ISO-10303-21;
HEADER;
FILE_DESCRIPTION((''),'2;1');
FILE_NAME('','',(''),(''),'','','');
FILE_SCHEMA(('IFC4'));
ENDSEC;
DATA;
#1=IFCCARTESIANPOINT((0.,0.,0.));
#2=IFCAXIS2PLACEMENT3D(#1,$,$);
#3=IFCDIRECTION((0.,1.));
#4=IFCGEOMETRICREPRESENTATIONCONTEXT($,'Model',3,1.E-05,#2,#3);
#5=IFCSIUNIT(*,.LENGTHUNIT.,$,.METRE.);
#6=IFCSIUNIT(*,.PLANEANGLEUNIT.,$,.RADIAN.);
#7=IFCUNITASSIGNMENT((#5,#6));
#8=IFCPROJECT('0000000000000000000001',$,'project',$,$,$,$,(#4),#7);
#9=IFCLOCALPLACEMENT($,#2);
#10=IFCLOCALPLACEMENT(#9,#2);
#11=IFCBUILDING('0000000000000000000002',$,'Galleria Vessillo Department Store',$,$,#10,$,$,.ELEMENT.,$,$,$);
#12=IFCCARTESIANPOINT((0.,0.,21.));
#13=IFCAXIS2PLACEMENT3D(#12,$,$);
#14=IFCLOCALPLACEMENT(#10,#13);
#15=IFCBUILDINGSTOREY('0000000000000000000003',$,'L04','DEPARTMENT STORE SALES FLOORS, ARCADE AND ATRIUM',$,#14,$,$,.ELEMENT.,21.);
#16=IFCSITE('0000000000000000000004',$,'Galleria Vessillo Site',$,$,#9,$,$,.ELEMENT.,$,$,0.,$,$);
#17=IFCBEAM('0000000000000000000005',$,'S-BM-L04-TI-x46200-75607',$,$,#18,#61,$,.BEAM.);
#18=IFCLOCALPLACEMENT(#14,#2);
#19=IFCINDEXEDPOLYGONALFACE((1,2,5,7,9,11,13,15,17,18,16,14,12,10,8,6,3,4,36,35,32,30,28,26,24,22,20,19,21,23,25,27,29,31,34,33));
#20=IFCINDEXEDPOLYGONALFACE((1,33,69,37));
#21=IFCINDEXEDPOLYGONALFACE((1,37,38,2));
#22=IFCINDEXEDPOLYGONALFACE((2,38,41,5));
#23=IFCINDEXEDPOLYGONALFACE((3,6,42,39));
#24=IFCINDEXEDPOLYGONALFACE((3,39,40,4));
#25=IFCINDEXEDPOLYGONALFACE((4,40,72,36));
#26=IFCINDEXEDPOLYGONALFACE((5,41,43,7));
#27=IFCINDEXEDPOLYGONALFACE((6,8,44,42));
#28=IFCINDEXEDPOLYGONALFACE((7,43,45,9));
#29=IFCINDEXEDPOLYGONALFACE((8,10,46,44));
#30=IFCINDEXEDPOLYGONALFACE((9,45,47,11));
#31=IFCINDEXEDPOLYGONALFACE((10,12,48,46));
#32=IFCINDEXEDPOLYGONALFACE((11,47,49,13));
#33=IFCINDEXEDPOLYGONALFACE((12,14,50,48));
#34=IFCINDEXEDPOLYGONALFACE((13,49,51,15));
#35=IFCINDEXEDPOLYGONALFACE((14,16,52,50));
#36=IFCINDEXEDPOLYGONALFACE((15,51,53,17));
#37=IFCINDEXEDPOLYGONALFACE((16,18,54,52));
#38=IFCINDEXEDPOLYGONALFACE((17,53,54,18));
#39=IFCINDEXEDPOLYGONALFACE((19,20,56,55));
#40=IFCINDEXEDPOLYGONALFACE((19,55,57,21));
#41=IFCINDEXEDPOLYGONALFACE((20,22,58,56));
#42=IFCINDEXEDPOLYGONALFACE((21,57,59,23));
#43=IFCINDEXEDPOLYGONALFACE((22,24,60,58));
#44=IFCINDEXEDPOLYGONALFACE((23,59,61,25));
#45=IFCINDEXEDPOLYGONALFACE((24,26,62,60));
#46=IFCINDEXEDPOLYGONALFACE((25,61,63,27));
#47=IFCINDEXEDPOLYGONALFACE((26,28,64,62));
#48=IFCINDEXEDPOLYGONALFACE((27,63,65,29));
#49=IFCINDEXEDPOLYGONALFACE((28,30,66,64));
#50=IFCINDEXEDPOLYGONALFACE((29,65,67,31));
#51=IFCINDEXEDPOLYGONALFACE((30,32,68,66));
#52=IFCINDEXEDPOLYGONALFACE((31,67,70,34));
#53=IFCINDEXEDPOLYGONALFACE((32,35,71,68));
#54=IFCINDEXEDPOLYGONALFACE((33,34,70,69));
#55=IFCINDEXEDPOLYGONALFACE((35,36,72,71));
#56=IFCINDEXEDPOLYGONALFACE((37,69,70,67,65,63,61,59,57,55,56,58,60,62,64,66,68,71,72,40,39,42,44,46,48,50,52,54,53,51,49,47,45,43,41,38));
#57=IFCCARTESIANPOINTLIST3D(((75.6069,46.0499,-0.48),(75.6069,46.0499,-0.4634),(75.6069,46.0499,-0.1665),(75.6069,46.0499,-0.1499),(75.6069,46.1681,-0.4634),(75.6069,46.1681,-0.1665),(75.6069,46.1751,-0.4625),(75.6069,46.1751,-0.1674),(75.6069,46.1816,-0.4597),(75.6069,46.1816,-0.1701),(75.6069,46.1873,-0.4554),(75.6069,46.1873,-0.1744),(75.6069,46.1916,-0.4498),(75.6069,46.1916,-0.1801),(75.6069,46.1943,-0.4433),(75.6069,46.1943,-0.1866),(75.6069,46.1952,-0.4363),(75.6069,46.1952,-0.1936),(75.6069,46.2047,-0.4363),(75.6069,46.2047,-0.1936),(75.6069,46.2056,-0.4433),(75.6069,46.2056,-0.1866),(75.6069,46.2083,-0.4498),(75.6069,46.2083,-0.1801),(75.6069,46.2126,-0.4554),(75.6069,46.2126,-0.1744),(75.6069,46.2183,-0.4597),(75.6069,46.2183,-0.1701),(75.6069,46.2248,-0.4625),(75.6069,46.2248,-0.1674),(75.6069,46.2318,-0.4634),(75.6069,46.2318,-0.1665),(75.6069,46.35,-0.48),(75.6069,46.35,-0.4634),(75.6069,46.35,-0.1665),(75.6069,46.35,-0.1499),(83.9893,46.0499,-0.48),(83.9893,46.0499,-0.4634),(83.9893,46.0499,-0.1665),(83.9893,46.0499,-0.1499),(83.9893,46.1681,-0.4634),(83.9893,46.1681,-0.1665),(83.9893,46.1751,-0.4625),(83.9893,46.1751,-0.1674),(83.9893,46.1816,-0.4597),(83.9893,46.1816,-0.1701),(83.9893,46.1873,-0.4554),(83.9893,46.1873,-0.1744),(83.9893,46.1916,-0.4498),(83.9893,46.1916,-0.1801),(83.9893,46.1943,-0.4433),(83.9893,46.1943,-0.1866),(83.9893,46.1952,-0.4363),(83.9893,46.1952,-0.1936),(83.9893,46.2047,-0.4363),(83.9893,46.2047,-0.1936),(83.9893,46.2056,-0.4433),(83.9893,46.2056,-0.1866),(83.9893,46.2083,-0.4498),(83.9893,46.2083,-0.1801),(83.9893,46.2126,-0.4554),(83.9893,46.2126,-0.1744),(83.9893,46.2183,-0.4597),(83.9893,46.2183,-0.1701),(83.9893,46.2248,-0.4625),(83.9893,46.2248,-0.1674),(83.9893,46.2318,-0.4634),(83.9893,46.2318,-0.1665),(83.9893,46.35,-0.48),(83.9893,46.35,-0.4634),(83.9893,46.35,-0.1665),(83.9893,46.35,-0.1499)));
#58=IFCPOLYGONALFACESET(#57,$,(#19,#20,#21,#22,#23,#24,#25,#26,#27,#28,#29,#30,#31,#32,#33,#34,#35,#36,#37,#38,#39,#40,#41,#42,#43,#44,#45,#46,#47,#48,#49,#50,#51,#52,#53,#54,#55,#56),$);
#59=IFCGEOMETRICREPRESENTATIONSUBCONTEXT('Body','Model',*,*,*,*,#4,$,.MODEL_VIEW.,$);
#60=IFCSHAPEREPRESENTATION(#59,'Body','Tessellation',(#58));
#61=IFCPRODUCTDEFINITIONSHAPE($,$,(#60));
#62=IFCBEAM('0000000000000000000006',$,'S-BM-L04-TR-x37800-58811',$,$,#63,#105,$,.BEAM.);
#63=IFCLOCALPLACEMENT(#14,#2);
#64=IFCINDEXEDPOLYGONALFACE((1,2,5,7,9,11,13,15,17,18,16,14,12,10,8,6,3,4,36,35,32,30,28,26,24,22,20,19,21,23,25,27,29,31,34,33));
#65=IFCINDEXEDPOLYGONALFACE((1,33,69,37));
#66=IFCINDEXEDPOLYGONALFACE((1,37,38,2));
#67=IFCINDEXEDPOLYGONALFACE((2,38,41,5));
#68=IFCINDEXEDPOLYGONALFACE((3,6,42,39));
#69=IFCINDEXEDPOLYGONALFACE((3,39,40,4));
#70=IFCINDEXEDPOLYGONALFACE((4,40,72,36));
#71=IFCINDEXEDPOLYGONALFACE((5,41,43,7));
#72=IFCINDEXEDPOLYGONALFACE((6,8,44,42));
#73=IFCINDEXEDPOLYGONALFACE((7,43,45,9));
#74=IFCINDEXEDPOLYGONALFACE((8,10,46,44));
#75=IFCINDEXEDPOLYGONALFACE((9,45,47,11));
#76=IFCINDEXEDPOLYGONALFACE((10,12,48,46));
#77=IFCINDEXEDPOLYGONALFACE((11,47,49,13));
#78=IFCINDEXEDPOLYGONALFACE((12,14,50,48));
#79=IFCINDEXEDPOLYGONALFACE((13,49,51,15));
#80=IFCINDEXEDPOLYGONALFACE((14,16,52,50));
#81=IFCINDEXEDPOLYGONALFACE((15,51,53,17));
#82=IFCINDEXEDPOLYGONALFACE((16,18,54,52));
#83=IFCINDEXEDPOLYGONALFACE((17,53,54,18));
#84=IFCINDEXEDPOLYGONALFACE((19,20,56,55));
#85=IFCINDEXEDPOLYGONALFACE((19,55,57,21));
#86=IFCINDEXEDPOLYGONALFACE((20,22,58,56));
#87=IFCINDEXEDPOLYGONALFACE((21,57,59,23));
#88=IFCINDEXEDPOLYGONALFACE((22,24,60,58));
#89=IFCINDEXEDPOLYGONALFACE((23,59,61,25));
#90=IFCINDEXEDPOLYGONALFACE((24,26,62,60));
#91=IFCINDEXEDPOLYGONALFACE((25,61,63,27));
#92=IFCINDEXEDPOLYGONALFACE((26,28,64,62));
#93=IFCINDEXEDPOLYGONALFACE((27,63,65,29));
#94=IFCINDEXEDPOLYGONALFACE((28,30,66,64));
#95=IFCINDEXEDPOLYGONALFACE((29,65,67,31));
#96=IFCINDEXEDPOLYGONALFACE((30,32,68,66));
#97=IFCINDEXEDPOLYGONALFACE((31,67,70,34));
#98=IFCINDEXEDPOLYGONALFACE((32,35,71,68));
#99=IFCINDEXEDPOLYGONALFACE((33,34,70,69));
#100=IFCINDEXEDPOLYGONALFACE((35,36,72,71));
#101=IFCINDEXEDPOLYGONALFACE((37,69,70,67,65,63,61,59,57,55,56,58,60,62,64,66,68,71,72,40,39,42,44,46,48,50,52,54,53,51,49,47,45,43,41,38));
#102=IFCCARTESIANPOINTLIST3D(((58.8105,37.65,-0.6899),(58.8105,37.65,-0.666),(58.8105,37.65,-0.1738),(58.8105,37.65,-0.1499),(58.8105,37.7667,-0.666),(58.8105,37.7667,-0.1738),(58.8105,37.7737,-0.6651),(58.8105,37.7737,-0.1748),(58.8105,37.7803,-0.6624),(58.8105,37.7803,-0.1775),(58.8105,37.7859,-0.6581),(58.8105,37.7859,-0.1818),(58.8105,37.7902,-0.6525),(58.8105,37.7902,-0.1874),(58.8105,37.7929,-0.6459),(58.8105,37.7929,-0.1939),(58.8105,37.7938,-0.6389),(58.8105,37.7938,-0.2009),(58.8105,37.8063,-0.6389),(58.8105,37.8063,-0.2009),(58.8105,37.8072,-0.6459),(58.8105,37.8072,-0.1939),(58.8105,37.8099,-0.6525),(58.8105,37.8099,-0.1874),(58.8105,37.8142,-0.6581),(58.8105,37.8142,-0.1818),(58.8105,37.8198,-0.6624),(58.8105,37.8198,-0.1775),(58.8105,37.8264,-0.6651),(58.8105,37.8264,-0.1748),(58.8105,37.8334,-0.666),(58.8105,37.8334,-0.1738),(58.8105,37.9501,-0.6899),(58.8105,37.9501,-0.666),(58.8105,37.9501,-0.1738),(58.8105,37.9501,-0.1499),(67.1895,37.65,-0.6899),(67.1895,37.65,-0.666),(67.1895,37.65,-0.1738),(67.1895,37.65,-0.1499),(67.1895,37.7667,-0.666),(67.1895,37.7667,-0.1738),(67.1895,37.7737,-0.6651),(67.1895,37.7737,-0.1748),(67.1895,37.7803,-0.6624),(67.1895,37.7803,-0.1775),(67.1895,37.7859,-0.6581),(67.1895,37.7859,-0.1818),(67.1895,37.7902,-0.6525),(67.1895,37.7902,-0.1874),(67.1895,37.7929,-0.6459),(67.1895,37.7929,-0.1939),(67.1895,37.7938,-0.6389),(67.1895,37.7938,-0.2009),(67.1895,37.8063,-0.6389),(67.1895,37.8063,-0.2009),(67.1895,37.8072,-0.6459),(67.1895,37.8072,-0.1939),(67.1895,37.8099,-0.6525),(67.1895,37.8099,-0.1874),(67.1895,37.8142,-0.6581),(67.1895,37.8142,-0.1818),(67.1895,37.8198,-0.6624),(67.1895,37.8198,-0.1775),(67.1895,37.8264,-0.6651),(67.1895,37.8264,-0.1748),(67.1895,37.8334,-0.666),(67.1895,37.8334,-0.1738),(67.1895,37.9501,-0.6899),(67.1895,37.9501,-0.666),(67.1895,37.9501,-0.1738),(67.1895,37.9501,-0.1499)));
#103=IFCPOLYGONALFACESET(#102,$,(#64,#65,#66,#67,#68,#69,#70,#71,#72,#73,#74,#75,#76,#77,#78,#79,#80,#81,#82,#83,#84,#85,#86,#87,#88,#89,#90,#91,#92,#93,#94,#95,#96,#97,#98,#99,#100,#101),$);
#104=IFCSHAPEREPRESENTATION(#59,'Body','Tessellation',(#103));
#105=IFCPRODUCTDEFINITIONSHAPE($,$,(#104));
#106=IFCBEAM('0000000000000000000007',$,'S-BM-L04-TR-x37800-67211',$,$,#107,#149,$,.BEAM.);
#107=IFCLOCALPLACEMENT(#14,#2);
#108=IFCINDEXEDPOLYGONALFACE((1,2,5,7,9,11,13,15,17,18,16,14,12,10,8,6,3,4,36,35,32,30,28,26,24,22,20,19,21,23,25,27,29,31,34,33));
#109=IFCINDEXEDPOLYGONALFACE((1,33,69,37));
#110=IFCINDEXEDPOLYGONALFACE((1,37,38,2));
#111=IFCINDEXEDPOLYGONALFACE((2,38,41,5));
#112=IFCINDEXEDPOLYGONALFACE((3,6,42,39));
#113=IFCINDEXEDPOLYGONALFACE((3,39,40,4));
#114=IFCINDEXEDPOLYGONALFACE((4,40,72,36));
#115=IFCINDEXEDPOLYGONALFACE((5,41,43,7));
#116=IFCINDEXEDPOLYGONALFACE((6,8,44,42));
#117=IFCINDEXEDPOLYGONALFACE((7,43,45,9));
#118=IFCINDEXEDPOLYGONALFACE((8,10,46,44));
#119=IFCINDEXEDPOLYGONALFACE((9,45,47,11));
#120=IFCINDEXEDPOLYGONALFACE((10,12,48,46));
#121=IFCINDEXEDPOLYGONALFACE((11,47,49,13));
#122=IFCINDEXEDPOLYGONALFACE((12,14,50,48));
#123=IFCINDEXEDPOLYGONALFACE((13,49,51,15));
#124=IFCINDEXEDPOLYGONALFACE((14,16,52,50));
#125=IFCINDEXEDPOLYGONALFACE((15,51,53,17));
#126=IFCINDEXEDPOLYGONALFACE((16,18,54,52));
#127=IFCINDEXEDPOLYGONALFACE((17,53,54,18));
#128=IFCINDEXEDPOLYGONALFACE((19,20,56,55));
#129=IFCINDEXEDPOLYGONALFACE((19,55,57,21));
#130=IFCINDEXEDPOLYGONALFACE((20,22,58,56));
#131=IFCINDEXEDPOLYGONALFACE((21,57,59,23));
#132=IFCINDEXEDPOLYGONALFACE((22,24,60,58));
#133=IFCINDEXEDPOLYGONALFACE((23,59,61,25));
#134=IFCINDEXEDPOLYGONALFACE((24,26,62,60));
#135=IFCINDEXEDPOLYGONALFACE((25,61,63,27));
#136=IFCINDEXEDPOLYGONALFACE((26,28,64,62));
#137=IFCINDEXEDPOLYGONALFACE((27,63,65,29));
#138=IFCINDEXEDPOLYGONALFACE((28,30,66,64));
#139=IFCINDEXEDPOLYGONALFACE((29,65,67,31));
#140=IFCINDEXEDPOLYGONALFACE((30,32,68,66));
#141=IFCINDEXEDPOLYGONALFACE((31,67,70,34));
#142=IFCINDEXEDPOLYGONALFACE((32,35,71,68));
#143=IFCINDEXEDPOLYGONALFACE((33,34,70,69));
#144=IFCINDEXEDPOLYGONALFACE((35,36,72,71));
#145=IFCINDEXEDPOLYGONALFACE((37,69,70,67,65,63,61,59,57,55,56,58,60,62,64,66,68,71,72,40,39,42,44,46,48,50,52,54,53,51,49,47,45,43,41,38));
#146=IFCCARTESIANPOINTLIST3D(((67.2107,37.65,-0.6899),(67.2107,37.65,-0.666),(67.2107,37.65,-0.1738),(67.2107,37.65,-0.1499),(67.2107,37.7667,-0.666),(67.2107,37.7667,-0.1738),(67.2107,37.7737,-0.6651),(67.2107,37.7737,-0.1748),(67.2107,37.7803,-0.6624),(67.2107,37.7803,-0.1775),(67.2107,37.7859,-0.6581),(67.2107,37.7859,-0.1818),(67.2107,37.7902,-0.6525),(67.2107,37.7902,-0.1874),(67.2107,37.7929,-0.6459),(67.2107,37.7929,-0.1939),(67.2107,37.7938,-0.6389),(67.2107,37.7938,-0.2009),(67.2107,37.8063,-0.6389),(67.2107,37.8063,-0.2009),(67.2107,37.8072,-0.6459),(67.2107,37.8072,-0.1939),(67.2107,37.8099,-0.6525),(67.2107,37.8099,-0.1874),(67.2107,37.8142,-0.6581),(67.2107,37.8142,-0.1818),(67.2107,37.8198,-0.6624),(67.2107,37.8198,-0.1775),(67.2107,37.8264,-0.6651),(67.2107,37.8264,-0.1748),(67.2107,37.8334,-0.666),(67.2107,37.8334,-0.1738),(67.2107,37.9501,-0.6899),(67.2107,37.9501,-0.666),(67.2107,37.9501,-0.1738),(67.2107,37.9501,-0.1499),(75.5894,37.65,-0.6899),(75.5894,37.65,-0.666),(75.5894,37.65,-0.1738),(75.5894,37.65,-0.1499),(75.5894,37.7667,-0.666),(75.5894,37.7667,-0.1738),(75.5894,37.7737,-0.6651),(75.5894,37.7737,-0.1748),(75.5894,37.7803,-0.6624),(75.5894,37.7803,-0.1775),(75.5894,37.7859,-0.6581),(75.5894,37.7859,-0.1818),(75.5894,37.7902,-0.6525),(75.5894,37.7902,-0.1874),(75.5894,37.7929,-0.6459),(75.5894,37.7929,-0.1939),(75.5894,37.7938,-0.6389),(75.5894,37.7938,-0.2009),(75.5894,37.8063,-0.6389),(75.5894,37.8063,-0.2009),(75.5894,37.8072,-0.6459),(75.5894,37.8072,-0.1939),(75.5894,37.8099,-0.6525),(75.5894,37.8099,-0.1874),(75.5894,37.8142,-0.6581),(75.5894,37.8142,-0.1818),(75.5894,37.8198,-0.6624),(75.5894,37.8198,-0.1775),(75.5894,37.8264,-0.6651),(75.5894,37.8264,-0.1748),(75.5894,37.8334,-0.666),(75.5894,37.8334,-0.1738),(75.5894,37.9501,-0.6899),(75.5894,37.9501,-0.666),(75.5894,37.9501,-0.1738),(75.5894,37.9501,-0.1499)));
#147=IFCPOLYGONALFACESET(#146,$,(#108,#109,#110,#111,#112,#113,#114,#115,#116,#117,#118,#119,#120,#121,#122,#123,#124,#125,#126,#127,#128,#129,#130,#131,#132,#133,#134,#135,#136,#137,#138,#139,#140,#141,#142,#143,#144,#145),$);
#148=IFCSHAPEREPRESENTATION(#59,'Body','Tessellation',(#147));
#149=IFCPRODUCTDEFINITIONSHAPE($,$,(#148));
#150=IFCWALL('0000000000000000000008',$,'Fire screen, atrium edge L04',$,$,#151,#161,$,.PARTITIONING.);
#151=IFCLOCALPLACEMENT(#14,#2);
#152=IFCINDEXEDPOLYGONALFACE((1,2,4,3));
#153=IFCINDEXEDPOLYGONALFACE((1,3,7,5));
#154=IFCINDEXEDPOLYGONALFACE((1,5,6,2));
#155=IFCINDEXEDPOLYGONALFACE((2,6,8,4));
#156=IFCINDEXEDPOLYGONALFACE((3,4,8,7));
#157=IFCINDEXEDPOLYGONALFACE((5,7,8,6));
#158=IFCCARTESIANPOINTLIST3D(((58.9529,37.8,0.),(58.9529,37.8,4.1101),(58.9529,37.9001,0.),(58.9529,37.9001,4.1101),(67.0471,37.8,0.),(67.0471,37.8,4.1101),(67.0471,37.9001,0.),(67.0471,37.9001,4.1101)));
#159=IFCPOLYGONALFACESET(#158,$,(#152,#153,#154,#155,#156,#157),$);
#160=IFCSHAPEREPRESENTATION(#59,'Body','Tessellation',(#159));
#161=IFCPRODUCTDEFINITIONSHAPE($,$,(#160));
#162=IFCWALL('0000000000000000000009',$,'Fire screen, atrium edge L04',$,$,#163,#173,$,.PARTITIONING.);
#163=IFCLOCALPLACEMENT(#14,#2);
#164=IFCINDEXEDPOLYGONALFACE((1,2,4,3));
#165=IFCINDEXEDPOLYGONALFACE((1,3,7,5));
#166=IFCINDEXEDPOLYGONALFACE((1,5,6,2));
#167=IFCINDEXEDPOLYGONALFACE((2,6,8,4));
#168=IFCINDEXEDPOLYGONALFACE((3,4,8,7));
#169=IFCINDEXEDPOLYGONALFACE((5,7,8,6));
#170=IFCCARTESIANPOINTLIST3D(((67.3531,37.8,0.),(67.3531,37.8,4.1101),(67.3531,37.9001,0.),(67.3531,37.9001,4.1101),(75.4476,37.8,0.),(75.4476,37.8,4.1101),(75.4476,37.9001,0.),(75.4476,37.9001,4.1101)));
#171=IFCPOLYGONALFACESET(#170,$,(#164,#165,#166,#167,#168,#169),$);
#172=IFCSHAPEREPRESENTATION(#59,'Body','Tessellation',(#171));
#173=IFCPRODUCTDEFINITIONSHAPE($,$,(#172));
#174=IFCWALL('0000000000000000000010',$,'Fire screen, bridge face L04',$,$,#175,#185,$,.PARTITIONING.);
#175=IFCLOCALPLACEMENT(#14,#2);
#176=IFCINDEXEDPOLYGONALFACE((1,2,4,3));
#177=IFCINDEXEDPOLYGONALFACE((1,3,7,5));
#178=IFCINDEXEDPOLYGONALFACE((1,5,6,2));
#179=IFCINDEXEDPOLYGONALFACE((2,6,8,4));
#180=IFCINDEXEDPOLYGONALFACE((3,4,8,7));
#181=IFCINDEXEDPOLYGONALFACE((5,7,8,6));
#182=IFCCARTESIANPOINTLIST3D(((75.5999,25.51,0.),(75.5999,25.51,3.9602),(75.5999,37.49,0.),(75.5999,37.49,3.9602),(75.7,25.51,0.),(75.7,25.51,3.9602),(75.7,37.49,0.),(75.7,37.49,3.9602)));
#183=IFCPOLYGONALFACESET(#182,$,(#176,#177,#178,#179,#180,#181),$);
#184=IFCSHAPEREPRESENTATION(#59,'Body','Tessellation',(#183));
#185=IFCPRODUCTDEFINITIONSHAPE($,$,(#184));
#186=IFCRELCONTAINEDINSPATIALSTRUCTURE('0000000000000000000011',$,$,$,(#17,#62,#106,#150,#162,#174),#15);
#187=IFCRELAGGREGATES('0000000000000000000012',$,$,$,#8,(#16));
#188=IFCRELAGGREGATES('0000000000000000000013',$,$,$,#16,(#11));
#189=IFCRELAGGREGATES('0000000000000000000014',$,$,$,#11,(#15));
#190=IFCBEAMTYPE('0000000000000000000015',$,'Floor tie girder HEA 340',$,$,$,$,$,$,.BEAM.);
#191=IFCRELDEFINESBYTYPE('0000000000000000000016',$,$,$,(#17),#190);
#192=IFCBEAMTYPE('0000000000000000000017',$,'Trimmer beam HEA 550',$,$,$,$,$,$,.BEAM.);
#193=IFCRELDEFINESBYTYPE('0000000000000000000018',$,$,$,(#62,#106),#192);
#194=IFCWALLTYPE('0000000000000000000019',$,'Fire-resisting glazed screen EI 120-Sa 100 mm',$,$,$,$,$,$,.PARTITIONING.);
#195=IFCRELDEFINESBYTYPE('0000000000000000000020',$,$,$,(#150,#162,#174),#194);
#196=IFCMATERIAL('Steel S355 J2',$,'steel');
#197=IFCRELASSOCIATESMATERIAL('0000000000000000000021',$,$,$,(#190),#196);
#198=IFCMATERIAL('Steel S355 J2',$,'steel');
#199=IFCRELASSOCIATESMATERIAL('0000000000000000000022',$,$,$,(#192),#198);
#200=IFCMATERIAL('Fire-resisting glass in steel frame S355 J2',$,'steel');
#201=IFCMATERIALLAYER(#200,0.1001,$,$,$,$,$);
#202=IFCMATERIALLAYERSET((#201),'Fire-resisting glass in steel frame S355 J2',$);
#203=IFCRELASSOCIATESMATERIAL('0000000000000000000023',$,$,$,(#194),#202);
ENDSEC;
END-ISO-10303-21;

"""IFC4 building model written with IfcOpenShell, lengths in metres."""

from ifc_helpers import new_model, si_unit, direction, frame, frame_2d, origin, origin_2d, place, context, subcontext, project, spatial, rectangle, i_section, extrude, material, layer, layer_set, material_profile, profile_set, type_object, element, save


model = new_model("IFC4")

# Units and contexts
model_context = context("Model", 3, precision=1e-05, world=origin(), true_north=direction((0.0, 1.0)))
body_context = subcontext(model_context, "Body", "Model", "MODEL_VIEW")
ifc_project = project(units=[si_unit("LENGTHUNIT", "METRE"), si_unit("PLANEANGLEUNIT", "RADIAN")], contexts=[model_context])

# Site, building, storey
site_placement = place(None, origin())
site = spatial("IfcSite", under=ifc_project, at=site_placement, Name="Galleria Vessillo Site", CompositionType="ELEMENT", RefElevation=0.0)
building_placement = place(site_placement, origin())
building = spatial("IfcBuilding", under=site, at=building_placement, Name="Galleria Vessillo Department Store", CompositionType="ELEMENT")
storey_placement = place(building_placement, frame((0.0, 0.0, 21.0)))
storey = spatial("IfcBuildingStorey", under=building, at=storey_placement, Name="L04", Description="DEPARTMENT STORE SALES FLOORS, ARCADE AND ATRIUM", CompositionType="ELEMENT", Elevation=21.0)

# Beams
ifc_material_1 = material(Name="Steel S355 J2", Category="steel")
ifc_material_profile_1 = material_profile(ifc_material_1, i_section(OverallWidth=0.3, OverallDepth=0.3301, WebThickness=0.0095, FlangeThickness=0.0166, FilletRadius=0.0271, at=origin_2d()), Name="HEA 340")
ifc_profile_set_1 = profile_set([ifc_material_profile_1], Name="Steel S355 J2")
beam_type_1 = type_object("IfcBeamType", Name="Floor tie girder HEA 340", PredefinedType="BEAM", material=ifc_profile_set_1)
beam_1_placement = place(storey_placement, frame((75.6069, 46.2, -0.3149), z_axis=(1.0, 0.0, 0.0), x_axis=(0.0, 1.0, 0.0)))
element("IfcBeam", 1, at=beam_1_placement, inside=storey, type_object=beam_type_1, Name="S-BM-L04-TI-x46200-75607", PredefinedType="BEAM", context=body_context, shape_type="SweptSolid", body=[
    extrude(i_section(OverallWidth=0.3, OverallDepth=0.3301, WebThickness=0.0095, FlangeThickness=0.0166, FilletRadius=0.0271, at=origin_2d()), origin(), (0.0, 0.0, 1.0), 8.3823),
])
ifc_material_2 = material(Name="Steel S355 J2", Category="steel")
ifc_material_profile_2 = material_profile(ifc_material_2, i_section(OverallWidth=0.3, OverallDepth=0.54, WebThickness=0.0125, FlangeThickness=0.0239, FilletRadius=0.0271, at=origin_2d()), Name="HEA 550")
ifc_profile_set_2 = profile_set([ifc_material_profile_2], Name="Steel S355 J2")
beam_type_2 = type_object("IfcBeamType", Name="Trimmer beam HEA 550", PredefinedType="BEAM", material=ifc_profile_set_2)
beam_2_placement = place(storey_placement, frame((58.8105, 37.8, -0.4199), z_axis=(1.0, 0.0, 0.0), x_axis=(0.0, 1.0, 0.0)))
element("IfcBeam", 2, at=beam_2_placement, inside=storey, type_object=beam_type_2, Name="S-BM-L04-TR-x37800-58811", PredefinedType="BEAM", context=body_context, shape_type="SweptSolid", body=[
    extrude(i_section(OverallWidth=0.3, OverallDepth=0.54, WebThickness=0.0125, FlangeThickness=0.0239, FilletRadius=0.0271, at=origin_2d()), origin(), (0.0, 0.0, 1.0), 8.3789),
])
beam_3_placement = place(storey_placement, frame((67.2107, 37.8, -0.4199), z_axis=(1.0, 0.0, 0.0), x_axis=(0.0, 1.0, 0.0)))
element("IfcBeam", 3, at=beam_3_placement, inside=storey, type_object=beam_type_2, Name="S-BM-L04-TR-x37800-67211", PredefinedType="BEAM", context=body_context, shape_type="SweptSolid", body=[
    extrude(i_section(OverallWidth=0.3, OverallDepth=0.54, WebThickness=0.0125, FlangeThickness=0.0239, FilletRadius=0.0271, at=origin_2d()), origin(), (0.0, 0.0, 1.0), 8.3787),
])

# Walls
ifc_material_3 = material(Name="Fire-resisting glass in steel frame S355 J2", Category="steel")
ifc_layer_1 = layer(ifc_material_3, 0.1001)
ifc_layer_set_1 = layer_set([ifc_layer_1], Name="Fire-resisting glass in steel frame S355 J2")
wall_type_1 = type_object("IfcWallType", Name="Fire-resisting glazed screen EI 120-Sa 100 mm", PredefinedType="PARTITIONING", material=ifc_layer_set_1)
wall_1_placement = place(storey_placement, frame((58.9529, 37.8501, 0.0), z_axis=(0.0, 0.0, 1.0), x_axis=(1.0, 0.0, 0.0)))
element("IfcWall", 4, at=wall_1_placement, inside=storey, type_object=wall_type_1, Name="Fire screen, atrium edge L04", PredefinedType="PARTITIONING", context=body_context, shape_type="SweptSolid", body=[
    extrude(rectangle(XDim=8.0942, YDim=0.1001, at=frame_2d((4.0471, 0.0))), origin(), (0.0, 0.0, 1.0), 4.1101),
])
wall_2_placement = place(storey_placement, frame((67.353, 37.8501, 0.0), z_axis=(0.0, 0.0, 1.0), x_axis=(1.0, 0.0, 0.0)))
element("IfcWall", 5, at=wall_2_placement, inside=storey, type_object=wall_type_1, Name="Fire screen, atrium edge L04", PredefinedType="PARTITIONING", context=body_context, shape_type="SweptSolid", body=[
    extrude(rectangle(XDim=8.0945, YDim=0.1001, at=frame_2d((4.0474, 0.0))), origin(), (0.0, 0.0, 1.0), 4.1101),
])
wall_3_placement = place(storey_placement, frame((75.6499, 25.51, 0.0), z_axis=(0.0, 0.0, 1.0), x_axis=(0.0, 1.0, 0.0)))
element("IfcWall", 6, at=wall_3_placement, inside=storey, type_object=wall_type_1, Name="Fire screen, bridge face L04", PredefinedType="PARTITIONING", context=body_context, shape_type="SweptSolid", body=[
    extrude(rectangle(XDim=11.98, YDim=0.1001, at=frame_2d((5.99, 0.0))), origin(), (0.0, 0.0, 1.0), 3.9602),
])

save(model, "model.ifc")
